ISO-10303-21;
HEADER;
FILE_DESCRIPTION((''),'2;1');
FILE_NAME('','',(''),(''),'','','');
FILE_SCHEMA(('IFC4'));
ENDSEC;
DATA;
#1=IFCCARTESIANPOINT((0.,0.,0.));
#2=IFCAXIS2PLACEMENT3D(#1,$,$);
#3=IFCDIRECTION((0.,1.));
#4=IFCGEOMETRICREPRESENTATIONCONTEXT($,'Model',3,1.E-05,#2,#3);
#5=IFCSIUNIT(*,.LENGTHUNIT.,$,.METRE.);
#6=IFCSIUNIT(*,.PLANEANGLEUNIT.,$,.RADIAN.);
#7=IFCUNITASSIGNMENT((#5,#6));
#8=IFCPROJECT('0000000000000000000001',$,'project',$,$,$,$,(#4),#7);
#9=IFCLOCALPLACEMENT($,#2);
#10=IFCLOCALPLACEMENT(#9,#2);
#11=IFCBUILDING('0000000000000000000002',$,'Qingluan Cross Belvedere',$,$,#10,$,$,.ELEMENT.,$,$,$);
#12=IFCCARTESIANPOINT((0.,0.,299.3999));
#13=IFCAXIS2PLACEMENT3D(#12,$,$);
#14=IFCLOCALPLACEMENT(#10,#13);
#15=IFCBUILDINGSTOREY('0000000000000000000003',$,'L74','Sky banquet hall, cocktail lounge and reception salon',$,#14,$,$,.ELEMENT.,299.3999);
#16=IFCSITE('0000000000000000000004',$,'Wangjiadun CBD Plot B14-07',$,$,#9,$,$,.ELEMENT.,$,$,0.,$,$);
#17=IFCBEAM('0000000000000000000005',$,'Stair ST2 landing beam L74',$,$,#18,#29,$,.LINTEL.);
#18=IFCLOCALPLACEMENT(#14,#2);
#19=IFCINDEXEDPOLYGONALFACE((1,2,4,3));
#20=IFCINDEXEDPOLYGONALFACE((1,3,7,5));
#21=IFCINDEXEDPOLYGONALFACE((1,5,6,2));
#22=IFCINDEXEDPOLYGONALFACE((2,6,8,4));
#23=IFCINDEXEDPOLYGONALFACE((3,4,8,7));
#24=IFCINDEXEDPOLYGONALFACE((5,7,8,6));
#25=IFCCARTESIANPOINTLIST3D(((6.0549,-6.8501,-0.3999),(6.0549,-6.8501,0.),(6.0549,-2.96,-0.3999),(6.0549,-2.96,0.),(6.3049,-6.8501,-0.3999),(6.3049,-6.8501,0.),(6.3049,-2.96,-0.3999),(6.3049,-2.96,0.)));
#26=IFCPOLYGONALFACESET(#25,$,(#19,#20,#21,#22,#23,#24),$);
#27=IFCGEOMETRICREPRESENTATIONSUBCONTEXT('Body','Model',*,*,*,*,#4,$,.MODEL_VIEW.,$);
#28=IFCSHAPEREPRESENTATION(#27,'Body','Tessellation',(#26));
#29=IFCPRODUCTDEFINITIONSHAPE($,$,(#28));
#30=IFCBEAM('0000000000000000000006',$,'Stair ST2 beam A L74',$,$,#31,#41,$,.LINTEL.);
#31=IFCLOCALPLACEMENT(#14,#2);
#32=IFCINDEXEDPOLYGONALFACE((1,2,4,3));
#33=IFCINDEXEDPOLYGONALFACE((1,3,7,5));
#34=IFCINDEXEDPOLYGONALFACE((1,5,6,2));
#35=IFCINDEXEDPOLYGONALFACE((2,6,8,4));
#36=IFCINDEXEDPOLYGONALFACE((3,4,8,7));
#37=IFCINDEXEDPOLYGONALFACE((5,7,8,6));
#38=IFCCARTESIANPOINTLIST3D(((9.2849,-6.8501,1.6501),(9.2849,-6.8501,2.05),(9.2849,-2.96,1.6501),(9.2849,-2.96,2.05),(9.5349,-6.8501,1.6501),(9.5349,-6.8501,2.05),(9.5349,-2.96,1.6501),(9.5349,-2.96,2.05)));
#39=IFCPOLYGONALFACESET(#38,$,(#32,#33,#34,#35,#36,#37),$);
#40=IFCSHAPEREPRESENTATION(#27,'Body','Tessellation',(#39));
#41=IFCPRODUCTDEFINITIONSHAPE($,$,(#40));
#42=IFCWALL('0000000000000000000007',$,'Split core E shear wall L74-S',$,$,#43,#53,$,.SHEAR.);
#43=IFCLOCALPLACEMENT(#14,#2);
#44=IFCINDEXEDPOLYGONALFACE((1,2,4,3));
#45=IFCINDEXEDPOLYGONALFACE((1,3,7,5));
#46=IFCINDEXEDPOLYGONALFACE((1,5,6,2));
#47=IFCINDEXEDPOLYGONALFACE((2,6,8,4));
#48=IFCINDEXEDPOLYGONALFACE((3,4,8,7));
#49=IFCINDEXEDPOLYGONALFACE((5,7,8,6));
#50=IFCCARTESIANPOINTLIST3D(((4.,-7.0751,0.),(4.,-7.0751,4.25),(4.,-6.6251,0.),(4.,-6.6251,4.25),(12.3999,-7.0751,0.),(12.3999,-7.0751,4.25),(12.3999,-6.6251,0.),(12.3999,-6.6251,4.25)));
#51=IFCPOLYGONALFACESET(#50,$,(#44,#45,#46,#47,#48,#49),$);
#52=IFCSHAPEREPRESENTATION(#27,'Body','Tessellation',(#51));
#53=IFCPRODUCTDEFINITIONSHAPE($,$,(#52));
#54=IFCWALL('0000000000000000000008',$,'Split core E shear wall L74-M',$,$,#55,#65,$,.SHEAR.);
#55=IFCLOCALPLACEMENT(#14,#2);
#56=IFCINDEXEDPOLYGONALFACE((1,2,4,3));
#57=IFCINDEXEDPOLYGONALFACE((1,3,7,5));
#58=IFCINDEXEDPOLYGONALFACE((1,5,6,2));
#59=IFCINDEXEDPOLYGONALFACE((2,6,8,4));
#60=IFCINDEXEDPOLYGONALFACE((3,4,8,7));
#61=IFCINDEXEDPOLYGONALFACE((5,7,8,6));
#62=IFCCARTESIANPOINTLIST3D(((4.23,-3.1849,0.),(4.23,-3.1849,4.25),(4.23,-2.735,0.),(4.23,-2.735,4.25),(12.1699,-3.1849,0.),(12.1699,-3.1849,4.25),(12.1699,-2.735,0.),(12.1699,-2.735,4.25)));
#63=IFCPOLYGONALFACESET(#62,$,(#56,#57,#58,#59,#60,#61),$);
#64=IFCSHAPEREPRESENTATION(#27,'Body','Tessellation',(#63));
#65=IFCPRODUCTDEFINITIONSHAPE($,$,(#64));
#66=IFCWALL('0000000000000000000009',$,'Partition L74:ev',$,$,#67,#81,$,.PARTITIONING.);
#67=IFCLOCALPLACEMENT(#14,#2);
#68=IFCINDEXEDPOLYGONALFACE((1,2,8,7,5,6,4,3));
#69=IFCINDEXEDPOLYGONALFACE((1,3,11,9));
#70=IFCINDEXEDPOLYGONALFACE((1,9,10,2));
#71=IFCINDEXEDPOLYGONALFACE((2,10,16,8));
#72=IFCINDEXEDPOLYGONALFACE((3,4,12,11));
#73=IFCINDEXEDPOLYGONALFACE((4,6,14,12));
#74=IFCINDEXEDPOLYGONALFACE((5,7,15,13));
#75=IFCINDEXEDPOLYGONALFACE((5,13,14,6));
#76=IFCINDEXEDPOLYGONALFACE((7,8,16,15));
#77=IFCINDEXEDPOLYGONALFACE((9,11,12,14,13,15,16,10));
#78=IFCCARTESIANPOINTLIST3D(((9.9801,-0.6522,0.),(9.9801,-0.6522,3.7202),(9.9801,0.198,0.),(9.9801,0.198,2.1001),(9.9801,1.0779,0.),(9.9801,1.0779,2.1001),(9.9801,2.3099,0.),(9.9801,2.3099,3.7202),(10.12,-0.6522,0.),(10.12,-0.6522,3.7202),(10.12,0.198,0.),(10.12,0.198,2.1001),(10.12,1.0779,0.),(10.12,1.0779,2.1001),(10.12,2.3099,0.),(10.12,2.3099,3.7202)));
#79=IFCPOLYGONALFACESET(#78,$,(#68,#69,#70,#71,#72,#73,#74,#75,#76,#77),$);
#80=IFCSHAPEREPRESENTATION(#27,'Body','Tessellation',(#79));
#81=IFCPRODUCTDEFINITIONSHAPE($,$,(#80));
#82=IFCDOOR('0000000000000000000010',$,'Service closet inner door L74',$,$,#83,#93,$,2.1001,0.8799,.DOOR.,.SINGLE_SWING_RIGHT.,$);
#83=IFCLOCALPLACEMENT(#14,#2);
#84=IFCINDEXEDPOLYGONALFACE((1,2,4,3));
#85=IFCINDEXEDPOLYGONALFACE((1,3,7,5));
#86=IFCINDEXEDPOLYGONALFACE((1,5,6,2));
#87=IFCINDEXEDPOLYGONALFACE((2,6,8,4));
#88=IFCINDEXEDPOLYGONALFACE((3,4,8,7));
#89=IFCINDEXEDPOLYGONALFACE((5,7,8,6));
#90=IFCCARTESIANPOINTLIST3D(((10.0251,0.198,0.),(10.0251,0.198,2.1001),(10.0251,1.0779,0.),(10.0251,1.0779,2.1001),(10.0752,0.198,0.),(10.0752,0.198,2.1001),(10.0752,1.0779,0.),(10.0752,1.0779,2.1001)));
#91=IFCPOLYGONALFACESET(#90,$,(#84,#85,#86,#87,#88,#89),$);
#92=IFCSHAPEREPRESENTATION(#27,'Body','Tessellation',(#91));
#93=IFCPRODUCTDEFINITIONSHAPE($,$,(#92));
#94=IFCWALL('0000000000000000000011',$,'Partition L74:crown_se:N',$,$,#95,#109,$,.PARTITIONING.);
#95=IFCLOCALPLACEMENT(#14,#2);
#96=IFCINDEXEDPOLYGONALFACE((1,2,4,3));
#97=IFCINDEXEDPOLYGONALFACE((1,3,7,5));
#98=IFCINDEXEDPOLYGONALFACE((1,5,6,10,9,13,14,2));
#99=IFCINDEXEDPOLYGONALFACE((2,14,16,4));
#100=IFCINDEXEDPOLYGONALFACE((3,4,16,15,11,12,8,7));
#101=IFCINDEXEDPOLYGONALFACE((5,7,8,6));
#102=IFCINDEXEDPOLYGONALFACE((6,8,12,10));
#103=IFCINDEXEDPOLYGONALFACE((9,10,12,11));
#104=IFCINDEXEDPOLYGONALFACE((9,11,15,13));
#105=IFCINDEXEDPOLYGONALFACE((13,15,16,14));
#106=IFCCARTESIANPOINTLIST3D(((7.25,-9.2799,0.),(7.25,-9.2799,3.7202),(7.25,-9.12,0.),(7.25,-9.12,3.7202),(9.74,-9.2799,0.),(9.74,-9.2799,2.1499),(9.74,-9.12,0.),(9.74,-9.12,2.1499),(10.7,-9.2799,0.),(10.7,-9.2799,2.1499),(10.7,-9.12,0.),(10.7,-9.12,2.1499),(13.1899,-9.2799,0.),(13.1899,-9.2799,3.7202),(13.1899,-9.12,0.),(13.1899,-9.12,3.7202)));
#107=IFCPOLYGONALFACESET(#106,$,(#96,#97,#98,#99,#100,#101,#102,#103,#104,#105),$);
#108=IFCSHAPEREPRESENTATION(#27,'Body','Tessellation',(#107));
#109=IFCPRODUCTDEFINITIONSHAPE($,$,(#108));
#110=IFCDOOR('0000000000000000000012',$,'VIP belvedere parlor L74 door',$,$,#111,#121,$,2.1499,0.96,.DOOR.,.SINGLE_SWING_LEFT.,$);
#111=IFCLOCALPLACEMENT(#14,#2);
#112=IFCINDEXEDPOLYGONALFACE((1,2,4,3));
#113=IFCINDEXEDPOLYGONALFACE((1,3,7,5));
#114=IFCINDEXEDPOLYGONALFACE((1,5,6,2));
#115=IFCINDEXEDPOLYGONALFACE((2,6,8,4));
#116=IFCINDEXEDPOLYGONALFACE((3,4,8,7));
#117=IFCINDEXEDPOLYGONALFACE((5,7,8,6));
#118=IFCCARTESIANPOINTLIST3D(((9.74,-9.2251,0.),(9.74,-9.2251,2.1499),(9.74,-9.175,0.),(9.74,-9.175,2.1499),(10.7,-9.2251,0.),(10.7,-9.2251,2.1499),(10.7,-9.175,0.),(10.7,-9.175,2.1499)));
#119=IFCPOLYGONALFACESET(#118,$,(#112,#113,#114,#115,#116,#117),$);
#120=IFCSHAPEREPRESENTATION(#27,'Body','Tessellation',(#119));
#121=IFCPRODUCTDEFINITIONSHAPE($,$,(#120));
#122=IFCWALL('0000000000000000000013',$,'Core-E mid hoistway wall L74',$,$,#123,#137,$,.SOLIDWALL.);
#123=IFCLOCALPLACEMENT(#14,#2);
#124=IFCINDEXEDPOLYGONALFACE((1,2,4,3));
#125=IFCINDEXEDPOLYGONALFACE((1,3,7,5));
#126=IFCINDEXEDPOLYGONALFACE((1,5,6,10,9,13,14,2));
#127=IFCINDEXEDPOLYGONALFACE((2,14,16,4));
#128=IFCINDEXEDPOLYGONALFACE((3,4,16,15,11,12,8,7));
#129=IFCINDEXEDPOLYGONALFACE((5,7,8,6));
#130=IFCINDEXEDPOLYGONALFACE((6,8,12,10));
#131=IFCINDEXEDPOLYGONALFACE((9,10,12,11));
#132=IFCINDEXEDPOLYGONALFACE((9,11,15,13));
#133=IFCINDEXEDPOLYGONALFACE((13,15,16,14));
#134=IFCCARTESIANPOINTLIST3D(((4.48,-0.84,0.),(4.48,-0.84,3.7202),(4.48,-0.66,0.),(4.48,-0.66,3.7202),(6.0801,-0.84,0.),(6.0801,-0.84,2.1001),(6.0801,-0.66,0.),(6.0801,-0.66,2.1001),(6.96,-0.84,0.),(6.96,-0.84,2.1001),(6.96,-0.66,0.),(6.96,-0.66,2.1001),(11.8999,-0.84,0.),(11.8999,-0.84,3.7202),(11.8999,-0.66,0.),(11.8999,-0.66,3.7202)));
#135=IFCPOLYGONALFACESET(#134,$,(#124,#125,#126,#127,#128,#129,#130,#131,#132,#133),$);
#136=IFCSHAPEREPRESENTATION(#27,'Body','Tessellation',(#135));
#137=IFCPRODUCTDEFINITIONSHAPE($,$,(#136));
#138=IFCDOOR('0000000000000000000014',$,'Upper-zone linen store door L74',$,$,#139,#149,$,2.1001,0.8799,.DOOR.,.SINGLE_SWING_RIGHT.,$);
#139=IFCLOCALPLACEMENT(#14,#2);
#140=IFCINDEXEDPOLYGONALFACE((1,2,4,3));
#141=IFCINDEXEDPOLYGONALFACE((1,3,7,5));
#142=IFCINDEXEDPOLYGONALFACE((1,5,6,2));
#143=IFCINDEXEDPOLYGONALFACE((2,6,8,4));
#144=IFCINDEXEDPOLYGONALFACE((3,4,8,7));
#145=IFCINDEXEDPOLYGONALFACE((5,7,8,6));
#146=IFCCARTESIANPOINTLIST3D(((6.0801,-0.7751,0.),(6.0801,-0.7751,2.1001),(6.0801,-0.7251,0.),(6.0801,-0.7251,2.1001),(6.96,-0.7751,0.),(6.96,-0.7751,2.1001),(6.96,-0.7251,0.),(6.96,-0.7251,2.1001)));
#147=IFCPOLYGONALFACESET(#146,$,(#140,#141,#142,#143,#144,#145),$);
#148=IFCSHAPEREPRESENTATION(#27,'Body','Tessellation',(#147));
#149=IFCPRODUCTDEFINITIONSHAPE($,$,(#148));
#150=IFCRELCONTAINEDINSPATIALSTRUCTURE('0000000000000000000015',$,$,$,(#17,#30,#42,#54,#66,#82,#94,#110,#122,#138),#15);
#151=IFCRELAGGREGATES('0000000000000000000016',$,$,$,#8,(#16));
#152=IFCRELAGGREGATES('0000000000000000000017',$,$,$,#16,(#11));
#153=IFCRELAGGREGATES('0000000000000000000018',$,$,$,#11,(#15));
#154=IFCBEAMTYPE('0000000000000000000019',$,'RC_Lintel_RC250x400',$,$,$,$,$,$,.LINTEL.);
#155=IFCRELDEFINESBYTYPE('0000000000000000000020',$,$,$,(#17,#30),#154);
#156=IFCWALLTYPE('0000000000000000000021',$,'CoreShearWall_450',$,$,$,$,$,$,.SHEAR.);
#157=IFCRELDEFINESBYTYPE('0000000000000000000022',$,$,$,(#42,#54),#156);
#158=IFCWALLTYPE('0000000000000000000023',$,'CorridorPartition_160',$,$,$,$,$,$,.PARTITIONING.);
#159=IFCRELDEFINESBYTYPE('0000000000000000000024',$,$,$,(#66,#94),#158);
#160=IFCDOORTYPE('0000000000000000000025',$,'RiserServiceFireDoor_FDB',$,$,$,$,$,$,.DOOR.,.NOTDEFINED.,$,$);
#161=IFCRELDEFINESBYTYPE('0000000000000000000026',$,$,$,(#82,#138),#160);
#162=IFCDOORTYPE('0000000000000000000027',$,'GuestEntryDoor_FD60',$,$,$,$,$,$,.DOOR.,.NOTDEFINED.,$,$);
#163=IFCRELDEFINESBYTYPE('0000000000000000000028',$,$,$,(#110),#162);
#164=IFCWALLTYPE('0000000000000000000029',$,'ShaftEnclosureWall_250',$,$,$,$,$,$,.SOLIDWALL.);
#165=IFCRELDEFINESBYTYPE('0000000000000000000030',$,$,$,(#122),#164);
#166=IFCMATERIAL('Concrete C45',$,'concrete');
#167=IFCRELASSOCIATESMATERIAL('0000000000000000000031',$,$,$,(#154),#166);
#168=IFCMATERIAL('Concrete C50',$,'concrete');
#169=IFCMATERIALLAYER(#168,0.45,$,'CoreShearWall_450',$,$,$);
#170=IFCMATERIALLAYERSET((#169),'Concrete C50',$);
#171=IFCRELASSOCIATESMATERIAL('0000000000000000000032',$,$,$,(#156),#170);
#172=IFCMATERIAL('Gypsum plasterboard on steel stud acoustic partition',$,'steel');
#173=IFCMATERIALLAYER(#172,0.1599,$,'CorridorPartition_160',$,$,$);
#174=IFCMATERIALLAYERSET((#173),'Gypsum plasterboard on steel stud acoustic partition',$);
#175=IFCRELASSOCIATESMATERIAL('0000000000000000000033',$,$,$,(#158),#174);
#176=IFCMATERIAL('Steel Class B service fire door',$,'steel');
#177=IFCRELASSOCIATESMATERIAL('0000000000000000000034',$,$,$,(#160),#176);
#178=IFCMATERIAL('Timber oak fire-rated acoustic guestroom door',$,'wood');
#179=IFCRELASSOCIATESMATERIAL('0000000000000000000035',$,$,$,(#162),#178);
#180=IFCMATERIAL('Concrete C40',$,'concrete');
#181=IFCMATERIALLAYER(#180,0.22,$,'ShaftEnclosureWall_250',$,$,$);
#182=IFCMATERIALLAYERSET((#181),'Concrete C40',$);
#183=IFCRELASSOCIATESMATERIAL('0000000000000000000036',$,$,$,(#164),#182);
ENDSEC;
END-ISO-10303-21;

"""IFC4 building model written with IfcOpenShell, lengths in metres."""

from ifc_helpers import new_model, si_unit, direction, frame, frame_2d, origin, origin_2d, place, context, subcontext, project, spatial, rectangle, extrude, material, layer, layer_set, material_profile, profile_set, type_object, element, fill, save


model = new_model("IFC4")

# Units and contexts
model_context = context("Model", 3, precision=1e-05, world=origin(), true_north=direction((0.0, 1.0)))
body_context = subcontext(model_context, "Body", "Model", "MODEL_VIEW")
ifc_project = project(units=[si_unit("LENGTHUNIT", "METRE"), si_unit("PLANEANGLEUNIT", "RADIAN")], contexts=[model_context])

# Site, building, storey
site_placement = place(None, origin())
site = spatial("IfcSite", under=ifc_project, at=site_placement, Name="Wangjiadun CBD Plot B14-07", CompositionType="ELEMENT", RefElevation=0.0)
building_placement = place(site_placement, origin())
building = spatial("IfcBuilding", under=site, at=building_placement, Name="Qingluan Cross Belvedere", CompositionType="ELEMENT")
storey_placement = place(building_placement, frame((0.0, 0.0, 299.3999)))
storey = spatial("IfcBuildingStorey", under=building, at=storey_placement, Name="L74", Description="Sky banquet hall, cocktail lounge and reception salon", CompositionType="ELEMENT", Elevation=299.3999)

# Beams
ifc_material_1 = material(Name="Concrete C45", Category="concrete")
ifc_material_profile = material_profile(ifc_material_1, rectangle(XDim=0.25, YDim=0.3999, at=origin_2d()), Name="RC250x400")
ifc_profile_set = profile_set([ifc_material_profile], Name="Concrete C45")
beam_type = type_object("IfcBeamType", Name="RC_Lintel_RC250x400", PredefinedType="LINTEL", material=ifc_profile_set)
for number, where, z_axis, x_axis, name in (
    (1, (6.1799, -6.8501, -0.2), (0.0, 1.0, 0.0), (-1.0, 0.0, 0.0), "Stair ST2 landing beam L74"),
    (2, (9.4099, -6.8501, 1.8501), (0.0, 1.0, 0.0), (-1.0, 0.0, 0.0), "Stair ST2 beam A L74"),
):
    element("IfcBeam", number, at=place(storey_placement, frame(where, z_axis=z_axis, x_axis=x_axis)), inside=storey, type_object=beam_type, Name=name, PredefinedType="LINTEL", context=body_context, shape_type="SweptSolid", body=[
        extrude(rectangle(XDim=0.25, YDim=0.3999, at=origin_2d()), origin(), (0.0, 0.0, 1.0), 3.8901),
    ])

# Wall
ifc_material_2 = material(Name="Concrete C50", Category="concrete")
ifc_layer_1 = layer(ifc_material_2, 0.45, Name="CoreShearWall_450")
ifc_layer_set_1 = layer_set([ifc_layer_1], Name="Concrete C50")
wall_type_1 = type_object("IfcWallType", Name="CoreShearWall_450", PredefinedType="SHEAR", material=ifc_layer_set_1)
wall_1_placement = place(storey_placement, frame((4.0, -6.8501, 0.0), z_axis=(0.0, 0.0, 1.0), x_axis=(1.0, 0.0, 0.0)))
element("IfcWall", 3, at=wall_1_placement, inside=storey, type_object=wall_type_1, Name="Split core E shear wall L74-S", PredefinedType="SHEAR", context=body_context, shape_type="SweptSolid", body=[
    extrude(rectangle(XDim=8.3999, YDim=0.45, at=frame_2d((4.2, 0.0))), origin(), (0.0, 0.0, 1.0), 4.25),
])

# Wall
wall_2_placement = place(storey_placement, frame((4.23, -2.96, 0.0), z_axis=(0.0, 0.0, 1.0), x_axis=(1.0, 0.0, 0.0)))
element("IfcWall", 4, at=wall_2_placement, inside=storey, type_object=wall_type_1, Name="Split core E shear wall L74-M", PredefinedType="SHEAR", context=body_context, shape_type="SweptSolid", body=[
    extrude(rectangle(XDim=7.9399, YDim=0.45, at=frame_2d((3.97, 0.0))), origin(), (0.0, 0.0, 1.0), 4.25),
])

# Walls, openings, doors
ifc_material_3 = material(Name="Gypsum plasterboard on steel stud acoustic partition", Category="steel")
ifc_layer_2 = layer(ifc_material_3, 0.1599, Name="CorridorPartition_160")
ifc_layer_set_2 = layer_set([ifc_layer_2], Name="Gypsum plasterboard on steel stud acoustic partition")
wall_type_2 = type_object("IfcWallType", Name="CorridorPartition_160", PredefinedType="PARTITIONING", material=ifc_layer_set_2)
wall_3_placement = place(storey_placement, frame((10.05, -0.6521, 0.0), z_axis=(0.0, 0.0, 1.0), x_axis=(0.0, 1.0, 0.0)))
wall_3 = element("IfcWall", 5, at=wall_3_placement, inside=storey, type_object=wall_type_2, Name="Partition L74:ev", PredefinedType="PARTITIONING", context=body_context, shape_type="SweptSolid", body=[
    extrude(rectangle(XDim=2.9622, YDim=0.1399, at=frame_2d((1.481, 0.0))), origin(), (0.0, 0.0, 1.0), 3.7202),
])
opening_1_placement = place(wall_3_placement, frame((0.8501, 0.0, 0.0)))
opening_1 = element("IfcOpeningElement", 6, at=opening_1_placement, cuts=wall_3, PredefinedType="OPENING", context=body_context, shape_type="SweptSolid", body=[
    extrude(rectangle(XDim=0.8799, YDim=2.1001, at=frame_2d((0.4399, 1.05))), frame((0.0, 0.0798, 0.0), z_axis=(0.0, -1.0, 0.0), x_axis=(1.0, 0.0, 0.0)), (0.0, 0.0, 1.0), 0.1599),
])
ifc_material_4 = material(Name="Steel Class B service fire door", Category="steel")
door_type_1 = type_object("IfcDoorType", Name="RiserServiceFireDoor_FDB", OperationType="NOTDEFINED", PredefinedType="DOOR", material=ifc_material_4)
door_1_placement = place(opening_1_placement, origin())
door_1 = element("IfcDoor", 7, at=door_1_placement, inside=storey, type_object=door_type_1, Name="Service closet inner door L74", OperationType="SINGLE_SWING_RIGHT", OverallHeight=2.1001, OverallWidth=0.8799, PredefinedType="DOOR", context=body_context, shape_type="SweptSolid", body=[
    extrude(rectangle(XDim=0.8799, YDim=2.1001, at=frame_2d((0.4399, 1.05))), frame((0.0, 0.0249, 0.0), z_axis=(0.0, -1.0, 0.0), x_axis=(1.0, 0.0, 0.0)), (0.0, 0.0, 1.0), 0.05),
])
fill(opening_1, door_1)
wall_4_placement = place(storey_placement, frame((7.25, -9.2, 0.0), z_axis=(0.0, 0.0, 1.0), x_axis=(1.0, 0.0, 0.0)))
wall_4 = element("IfcWall", 8, at=wall_4_placement, inside=storey, type_object=wall_type_2, Name="Partition L74:crown_se:N", PredefinedType="PARTITIONING", context=body_context, shape_type="SweptSolid", body=[
    extrude(rectangle(XDim=5.9399, YDim=0.1599, at=frame_2d((2.97, 0.0))), origin(), (0.0, 0.0, 1.0), 3.7202),
])
opening_2_placement = place(wall_4_placement, frame((2.49, 0.0, 0.0)))
opening_2 = element("IfcOpeningElement", 9, at=opening_2_placement, cuts=wall_4, PredefinedType="OPENING", context=body_context, shape_type="SweptSolid", body=[
    extrude(rectangle(XDim=0.96, YDim=2.1499, at=frame_2d((0.48, 1.075))), frame((0.0, 0.0898, 0.0), z_axis=(0.0, -1.0, 0.0), x_axis=(1.0, 0.0, 0.0)), (0.0, 0.0, 1.0), 0.1799),
])
ifc_material_5 = material(Name="Timber oak fire-rated acoustic guestroom door", Category="wood")
door_type_2 = type_object("IfcDoorType", Name="GuestEntryDoor_FD60", OperationType="NOTDEFINED", PredefinedType="DOOR", material=ifc_material_5)
door_2_placement = place(opening_2_placement, origin())
door_2 = element("IfcDoor", 10, at=door_2_placement, inside=storey, type_object=door_type_2, Name="VIP belvedere parlor L74 door", OperationType="SINGLE_SWING_LEFT", OverallHeight=2.1499, OverallWidth=0.96, PredefinedType="DOOR", context=body_context, shape_type="SweptSolid", body=[
    extrude(rectangle(XDim=0.96, YDim=2.1499, at=frame_2d((0.48, 1.075))), frame((0.0, 0.0249, 0.0), z_axis=(0.0, -1.0, 0.0), x_axis=(1.0, 0.0, 0.0)), (0.0, 0.0, 1.0), 0.05),
])
fill(opening_2, door_2)
ifc_material_6 = material(Name="Concrete C40", Category="concrete")
ifc_layer_3 = layer(ifc_material_6, 0.22, Name="ShaftEnclosureWall_250")
ifc_layer_set_3 = layer_set([ifc_layer_3], Name="Concrete C40")
wall_type_3 = type_object("IfcWallType", Name="ShaftEnclosureWall_250", PredefinedType="SOLIDWALL", material=ifc_layer_set_3)
wall_5_placement = place(storey_placement, frame((4.48, -0.75, 0.0), z_axis=(0.0, 0.0, 1.0), x_axis=(1.0, 0.0, 0.0)))
wall_5 = element("IfcWall", 11, at=wall_5_placement, inside=storey, type_object=wall_type_3, Name="Core-E mid hoistway wall L74", PredefinedType="SOLIDWALL", context=body_context, shape_type="SweptSolid", body=[
    extrude(rectangle(XDim=7.4199, YDim=0.1799, at=frame_2d((3.71, 0.0))), origin(), (0.0, 0.0, 1.0), 3.7202),
])
opening_3_placement = place(wall_5_placement, frame((1.6001, 0.0, 0.0)))
opening_3 = element("IfcOpeningElement", 12, at=opening_3_placement, cuts=wall_5, PredefinedType="OPENING", context=body_context, shape_type="SweptSolid", body=[
    extrude(rectangle(XDim=0.8799, YDim=2.1001, at=frame_2d((0.4399, 1.05))), frame((0.0, 0.0999, 0.0), z_axis=(0.0, -1.0, 0.0), x_axis=(1.0, 0.0, 0.0)), (0.0, 0.0, 1.0), 0.2),
])
door_3_placement = place(opening_3_placement, origin())
door_3 = element("IfcDoor", 13, at=door_3_placement, inside=storey, type_object=door_type_1, Name="Upper-zone linen store door L74", OperationType="SINGLE_SWING_RIGHT", OverallHeight=2.1001, OverallWidth=0.8799, PredefinedType="DOOR", context=body_context, shape_type="SweptSolid", body=[
    extrude(rectangle(XDim=0.8799, YDim=2.1001, at=frame_2d((0.4399, 1.05))), frame((0.0, 0.0249, 0.0), z_axis=(0.0, -1.0, 0.0), x_axis=(1.0, 0.0, 0.0)), (0.0, 0.0, 1.0), 0.05),
])
fill(opening_3, door_3)

save(model, "model.ifc")
